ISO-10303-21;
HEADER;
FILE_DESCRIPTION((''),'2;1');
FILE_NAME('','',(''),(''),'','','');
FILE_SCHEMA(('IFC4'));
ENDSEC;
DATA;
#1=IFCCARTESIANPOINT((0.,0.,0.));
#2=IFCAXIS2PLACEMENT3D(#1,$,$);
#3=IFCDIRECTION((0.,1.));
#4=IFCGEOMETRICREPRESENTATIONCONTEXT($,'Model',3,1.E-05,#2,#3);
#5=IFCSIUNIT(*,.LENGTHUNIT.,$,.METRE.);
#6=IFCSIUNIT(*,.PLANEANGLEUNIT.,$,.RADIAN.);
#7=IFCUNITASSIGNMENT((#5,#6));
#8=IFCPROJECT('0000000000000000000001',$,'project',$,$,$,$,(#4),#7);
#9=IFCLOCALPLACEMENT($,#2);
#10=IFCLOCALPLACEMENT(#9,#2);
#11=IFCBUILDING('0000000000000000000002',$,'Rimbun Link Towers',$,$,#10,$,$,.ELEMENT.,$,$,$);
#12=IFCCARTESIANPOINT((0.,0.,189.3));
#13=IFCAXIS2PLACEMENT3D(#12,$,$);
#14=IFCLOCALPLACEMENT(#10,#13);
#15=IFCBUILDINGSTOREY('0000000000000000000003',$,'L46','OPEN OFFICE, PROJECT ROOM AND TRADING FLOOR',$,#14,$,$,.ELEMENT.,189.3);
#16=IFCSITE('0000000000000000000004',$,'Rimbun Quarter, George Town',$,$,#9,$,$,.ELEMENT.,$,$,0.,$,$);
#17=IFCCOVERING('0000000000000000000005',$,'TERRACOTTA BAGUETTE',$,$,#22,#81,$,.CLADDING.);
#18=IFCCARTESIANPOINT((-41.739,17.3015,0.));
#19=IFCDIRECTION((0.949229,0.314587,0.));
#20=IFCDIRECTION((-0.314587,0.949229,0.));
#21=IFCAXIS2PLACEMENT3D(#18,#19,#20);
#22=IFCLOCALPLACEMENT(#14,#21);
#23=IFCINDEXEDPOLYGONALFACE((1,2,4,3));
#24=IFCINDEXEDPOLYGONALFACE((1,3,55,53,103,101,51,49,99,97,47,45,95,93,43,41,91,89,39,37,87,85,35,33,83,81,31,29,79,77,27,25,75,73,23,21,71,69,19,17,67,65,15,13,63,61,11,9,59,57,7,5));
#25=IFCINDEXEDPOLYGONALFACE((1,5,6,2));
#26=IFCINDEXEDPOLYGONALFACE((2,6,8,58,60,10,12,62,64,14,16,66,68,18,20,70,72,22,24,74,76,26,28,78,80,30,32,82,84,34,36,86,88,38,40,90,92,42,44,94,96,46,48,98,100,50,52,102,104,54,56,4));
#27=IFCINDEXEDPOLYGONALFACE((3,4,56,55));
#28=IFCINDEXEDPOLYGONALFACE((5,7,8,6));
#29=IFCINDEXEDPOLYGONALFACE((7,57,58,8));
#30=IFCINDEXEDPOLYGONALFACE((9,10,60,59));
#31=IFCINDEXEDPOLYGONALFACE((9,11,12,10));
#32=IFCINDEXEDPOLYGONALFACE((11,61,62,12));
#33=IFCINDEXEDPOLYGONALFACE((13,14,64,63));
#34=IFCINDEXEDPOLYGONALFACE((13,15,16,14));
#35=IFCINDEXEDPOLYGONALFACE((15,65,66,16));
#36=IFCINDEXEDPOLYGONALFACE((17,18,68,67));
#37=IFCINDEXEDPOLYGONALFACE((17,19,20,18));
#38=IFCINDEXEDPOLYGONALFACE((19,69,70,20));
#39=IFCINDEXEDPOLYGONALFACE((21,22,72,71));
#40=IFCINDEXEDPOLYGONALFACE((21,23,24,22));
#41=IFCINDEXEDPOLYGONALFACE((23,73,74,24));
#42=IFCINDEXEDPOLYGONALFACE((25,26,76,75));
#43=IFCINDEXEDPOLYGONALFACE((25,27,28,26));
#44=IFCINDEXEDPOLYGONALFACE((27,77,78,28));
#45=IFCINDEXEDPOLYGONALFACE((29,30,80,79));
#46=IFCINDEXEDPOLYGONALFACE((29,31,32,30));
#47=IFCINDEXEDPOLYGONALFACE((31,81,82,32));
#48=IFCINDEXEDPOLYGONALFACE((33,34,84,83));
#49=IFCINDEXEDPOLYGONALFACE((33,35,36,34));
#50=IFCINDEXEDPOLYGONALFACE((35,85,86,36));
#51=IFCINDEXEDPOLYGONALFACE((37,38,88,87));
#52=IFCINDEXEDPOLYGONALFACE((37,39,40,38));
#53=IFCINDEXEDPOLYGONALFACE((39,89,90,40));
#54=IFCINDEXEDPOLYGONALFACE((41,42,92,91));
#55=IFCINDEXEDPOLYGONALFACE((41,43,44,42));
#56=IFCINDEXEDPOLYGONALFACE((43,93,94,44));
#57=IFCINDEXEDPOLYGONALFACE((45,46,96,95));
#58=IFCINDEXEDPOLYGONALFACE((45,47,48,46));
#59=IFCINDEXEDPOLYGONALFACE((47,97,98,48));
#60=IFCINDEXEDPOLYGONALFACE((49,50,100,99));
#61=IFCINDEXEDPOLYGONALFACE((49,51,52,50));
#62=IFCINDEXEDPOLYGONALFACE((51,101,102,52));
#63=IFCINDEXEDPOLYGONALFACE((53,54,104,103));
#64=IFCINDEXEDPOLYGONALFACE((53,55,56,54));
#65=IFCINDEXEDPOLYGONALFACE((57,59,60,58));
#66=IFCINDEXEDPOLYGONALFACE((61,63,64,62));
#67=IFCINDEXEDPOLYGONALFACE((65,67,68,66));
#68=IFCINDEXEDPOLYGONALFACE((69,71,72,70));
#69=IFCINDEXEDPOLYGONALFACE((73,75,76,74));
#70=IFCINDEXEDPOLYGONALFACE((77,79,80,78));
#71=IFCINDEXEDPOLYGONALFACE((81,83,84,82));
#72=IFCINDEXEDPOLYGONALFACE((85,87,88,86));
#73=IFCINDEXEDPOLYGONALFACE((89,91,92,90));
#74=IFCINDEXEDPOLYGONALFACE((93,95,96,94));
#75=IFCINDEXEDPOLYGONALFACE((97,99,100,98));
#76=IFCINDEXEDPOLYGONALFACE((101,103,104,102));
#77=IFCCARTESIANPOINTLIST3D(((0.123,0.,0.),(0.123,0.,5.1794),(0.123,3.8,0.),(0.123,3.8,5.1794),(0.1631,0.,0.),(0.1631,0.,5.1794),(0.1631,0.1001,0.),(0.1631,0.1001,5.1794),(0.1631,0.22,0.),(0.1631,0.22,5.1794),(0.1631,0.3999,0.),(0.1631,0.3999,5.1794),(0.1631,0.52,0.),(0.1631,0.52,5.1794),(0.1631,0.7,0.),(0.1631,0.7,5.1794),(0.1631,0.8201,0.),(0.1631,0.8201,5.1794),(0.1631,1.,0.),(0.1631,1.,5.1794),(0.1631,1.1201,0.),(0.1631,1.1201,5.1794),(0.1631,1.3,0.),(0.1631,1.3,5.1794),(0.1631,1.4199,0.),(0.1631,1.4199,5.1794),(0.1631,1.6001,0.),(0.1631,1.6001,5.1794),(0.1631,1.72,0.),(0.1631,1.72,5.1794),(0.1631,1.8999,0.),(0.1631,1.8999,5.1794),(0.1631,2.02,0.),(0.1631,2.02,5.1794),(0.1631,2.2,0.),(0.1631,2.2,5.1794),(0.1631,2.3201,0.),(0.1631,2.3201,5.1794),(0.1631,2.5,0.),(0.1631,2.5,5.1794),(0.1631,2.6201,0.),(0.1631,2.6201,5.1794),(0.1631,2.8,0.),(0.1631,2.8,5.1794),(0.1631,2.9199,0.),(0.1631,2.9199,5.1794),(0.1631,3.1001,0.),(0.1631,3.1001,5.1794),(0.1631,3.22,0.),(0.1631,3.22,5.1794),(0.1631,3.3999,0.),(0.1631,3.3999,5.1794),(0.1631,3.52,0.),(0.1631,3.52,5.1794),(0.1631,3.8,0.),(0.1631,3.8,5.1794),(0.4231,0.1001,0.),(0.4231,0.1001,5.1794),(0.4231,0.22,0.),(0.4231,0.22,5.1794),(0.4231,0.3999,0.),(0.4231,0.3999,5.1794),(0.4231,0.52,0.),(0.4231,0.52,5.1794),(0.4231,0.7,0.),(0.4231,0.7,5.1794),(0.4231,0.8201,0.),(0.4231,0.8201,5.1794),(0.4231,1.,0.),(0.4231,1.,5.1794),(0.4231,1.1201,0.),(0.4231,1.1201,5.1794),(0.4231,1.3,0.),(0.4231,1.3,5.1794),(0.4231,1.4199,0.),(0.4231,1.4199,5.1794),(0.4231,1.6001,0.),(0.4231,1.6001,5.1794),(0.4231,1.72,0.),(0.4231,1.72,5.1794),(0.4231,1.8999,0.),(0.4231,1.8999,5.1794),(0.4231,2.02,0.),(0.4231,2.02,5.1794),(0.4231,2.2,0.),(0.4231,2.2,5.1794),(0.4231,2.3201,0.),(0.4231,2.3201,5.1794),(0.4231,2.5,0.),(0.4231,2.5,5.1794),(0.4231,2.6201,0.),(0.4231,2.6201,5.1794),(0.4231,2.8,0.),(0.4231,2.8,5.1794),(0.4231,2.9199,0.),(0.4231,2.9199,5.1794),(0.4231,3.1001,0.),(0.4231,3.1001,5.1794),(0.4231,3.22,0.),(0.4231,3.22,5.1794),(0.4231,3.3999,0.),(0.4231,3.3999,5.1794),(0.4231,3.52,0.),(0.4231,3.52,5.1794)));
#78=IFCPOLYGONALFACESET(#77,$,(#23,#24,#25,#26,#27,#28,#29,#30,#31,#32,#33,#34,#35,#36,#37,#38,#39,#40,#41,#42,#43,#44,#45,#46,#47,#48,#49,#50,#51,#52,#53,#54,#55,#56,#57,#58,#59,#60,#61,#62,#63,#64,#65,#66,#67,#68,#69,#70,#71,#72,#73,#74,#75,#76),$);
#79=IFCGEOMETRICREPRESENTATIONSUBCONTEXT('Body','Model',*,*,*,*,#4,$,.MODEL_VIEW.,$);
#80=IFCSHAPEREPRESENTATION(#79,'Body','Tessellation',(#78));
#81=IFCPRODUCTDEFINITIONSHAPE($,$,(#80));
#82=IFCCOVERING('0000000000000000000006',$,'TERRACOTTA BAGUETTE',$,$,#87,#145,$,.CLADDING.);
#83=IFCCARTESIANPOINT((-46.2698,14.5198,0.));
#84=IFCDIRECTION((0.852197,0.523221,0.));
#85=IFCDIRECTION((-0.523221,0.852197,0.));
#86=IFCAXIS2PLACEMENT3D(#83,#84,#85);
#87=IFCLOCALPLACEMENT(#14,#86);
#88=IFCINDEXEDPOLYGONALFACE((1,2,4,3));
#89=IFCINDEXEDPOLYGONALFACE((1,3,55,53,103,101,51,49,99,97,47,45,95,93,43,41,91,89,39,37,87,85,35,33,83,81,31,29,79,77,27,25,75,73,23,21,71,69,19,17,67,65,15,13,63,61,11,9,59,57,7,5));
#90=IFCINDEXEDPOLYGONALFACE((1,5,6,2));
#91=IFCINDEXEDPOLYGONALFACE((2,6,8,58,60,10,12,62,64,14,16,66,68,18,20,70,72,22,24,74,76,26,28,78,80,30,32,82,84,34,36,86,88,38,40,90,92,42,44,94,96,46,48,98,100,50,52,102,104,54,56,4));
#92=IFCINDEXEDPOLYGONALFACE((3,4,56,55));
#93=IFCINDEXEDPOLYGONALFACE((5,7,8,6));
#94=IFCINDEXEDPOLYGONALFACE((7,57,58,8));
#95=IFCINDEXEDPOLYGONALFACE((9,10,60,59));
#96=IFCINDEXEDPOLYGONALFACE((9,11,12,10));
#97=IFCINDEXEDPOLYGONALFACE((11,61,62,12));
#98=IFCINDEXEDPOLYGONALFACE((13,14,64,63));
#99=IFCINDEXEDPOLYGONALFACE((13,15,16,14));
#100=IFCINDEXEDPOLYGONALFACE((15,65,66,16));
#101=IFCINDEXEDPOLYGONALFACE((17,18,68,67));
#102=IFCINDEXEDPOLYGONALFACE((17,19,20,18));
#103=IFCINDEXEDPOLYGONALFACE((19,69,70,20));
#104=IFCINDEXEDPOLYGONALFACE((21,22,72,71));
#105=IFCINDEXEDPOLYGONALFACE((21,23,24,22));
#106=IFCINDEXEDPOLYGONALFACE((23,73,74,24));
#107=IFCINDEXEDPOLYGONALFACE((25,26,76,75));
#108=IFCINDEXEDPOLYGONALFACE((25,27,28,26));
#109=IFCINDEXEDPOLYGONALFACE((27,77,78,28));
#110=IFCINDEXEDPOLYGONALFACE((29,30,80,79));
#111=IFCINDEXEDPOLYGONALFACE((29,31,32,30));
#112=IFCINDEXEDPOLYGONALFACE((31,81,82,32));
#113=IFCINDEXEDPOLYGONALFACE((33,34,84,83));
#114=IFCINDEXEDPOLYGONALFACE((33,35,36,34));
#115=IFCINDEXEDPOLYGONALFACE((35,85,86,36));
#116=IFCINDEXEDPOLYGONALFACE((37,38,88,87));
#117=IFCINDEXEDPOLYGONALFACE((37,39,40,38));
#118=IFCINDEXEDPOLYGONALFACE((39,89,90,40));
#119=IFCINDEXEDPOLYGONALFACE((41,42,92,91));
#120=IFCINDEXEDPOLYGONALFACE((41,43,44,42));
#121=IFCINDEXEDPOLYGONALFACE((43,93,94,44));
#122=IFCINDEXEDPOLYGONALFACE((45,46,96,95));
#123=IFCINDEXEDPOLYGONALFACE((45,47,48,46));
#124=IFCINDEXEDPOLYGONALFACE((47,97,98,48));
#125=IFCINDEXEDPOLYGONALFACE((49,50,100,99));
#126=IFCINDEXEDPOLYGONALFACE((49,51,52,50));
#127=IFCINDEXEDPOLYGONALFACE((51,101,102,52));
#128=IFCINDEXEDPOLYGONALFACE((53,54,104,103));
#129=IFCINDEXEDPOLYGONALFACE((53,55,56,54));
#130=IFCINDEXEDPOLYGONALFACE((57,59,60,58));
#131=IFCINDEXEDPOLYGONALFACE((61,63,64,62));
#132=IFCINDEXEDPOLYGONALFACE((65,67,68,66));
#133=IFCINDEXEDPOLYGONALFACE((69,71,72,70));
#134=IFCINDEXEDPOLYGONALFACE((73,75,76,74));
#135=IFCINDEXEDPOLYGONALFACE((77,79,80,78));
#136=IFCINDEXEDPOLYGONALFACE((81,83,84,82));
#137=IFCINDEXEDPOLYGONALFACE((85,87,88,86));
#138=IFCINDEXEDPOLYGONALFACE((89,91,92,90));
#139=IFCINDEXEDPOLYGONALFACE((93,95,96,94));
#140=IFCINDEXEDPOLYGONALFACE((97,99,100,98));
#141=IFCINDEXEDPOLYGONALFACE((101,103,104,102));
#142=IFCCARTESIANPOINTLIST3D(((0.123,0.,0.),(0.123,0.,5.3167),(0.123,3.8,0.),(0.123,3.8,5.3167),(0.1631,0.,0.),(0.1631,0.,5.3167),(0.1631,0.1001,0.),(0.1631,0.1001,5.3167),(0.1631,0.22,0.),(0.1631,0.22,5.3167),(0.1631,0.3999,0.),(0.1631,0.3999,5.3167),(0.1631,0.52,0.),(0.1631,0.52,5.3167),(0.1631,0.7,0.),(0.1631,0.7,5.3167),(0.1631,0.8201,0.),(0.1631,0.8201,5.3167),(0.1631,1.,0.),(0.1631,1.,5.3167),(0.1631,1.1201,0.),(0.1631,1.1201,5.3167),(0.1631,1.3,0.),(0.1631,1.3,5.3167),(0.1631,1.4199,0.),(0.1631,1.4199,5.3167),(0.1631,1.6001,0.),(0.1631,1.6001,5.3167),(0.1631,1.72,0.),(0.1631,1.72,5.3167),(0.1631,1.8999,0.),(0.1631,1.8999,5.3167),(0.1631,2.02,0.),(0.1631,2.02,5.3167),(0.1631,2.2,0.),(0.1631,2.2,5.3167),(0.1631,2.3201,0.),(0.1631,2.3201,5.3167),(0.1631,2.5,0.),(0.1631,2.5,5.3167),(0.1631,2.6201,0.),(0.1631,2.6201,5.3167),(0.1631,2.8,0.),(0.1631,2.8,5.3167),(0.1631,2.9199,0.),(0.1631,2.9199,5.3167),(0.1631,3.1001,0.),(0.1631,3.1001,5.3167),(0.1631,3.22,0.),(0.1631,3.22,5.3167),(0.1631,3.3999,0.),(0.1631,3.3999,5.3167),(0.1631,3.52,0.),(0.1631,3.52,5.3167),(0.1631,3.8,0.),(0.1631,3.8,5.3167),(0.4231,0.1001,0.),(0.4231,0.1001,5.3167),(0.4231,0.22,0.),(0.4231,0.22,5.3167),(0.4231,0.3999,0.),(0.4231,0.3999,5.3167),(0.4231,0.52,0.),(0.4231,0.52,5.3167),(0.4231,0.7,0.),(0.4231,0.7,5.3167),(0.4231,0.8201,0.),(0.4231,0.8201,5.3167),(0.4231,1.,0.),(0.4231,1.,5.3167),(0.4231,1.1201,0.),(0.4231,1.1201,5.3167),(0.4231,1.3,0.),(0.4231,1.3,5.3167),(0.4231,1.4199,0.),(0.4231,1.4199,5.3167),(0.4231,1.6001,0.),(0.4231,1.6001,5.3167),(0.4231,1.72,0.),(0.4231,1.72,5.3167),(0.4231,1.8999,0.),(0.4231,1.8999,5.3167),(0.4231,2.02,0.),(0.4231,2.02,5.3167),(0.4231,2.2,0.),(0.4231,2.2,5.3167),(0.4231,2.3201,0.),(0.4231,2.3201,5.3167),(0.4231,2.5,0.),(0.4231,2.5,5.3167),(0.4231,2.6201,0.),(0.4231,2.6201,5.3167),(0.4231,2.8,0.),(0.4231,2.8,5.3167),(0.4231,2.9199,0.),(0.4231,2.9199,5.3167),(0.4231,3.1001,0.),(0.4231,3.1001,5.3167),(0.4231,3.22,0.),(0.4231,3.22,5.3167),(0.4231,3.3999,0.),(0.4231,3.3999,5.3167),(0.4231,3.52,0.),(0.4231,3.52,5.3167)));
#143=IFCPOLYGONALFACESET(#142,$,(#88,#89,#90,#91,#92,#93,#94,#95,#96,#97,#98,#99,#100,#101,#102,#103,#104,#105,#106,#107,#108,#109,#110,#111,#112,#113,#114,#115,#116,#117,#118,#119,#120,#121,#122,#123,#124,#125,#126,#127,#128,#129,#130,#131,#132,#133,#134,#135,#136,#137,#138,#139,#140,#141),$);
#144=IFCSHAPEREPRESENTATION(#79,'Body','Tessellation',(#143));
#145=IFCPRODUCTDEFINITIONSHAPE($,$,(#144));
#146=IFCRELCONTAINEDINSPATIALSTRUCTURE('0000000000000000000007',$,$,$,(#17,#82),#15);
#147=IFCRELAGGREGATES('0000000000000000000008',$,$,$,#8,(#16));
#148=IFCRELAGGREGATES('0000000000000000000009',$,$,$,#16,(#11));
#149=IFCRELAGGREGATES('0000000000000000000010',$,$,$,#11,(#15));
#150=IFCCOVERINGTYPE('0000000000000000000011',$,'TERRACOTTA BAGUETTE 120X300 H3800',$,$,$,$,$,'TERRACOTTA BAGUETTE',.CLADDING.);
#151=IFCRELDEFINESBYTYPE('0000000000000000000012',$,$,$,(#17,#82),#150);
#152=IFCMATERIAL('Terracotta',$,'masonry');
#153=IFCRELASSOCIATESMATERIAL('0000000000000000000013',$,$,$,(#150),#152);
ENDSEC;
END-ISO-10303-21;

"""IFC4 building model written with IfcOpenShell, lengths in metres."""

from ifc_helpers import new_model, si_unit, direction, frame, origin, place, context, subcontext, project, spatial, polyline, outline, extrude, material, material_profile, profile_set, type_object, element, save


model = new_model("IFC4")

# Units and contexts
model_context = context("Model", 3, precision=1e-05, world=origin(), true_north=direction((0.0, 1.0)))
body_context = subcontext(model_context, "Body", "Model", "MODEL_VIEW")
ifc_project = project(units=[si_unit("LENGTHUNIT", "METRE"), si_unit("PLANEANGLEUNIT", "RADIAN")], contexts=[model_context])

# Site, building, storey
site_placement = place(None, origin())
site = spatial("IfcSite", under=ifc_project, at=site_placement, Name="Rimbun Quarter, George Town", CompositionType="ELEMENT", RefElevation=0.0)
building_placement = place(site_placement, origin())
building = spatial("IfcBuilding", under=site, at=building_placement, Name="Rimbun Link Towers", CompositionType="ELEMENT")
storey_placement = place(building_placement, frame((0.0, 0.0, 189.3)))
storey = spatial("IfcBuildingStorey", under=building, at=storey_placement, Name="L46", Description="OPEN OFFICE, PROJECT ROOM AND TRADING FLOOR", CompositionType="ELEMENT", Elevation=189.3)

# Coverings
ifc_material_1 = material(Name="Terracotta", Category="masonry")
ifc_material_profile_1 = material_profile(ifc_material_1, outline(polyline([(0.123, 0.0), (0.1631, 0.0), (0.1631, 0.1001), (0.4231, 0.1001), (0.4231, 0.22), (0.1631, 0.22), (0.1631, 0.3999), (0.4231, 0.3999), (0.4231, 0.52), (0.1631, 0.52), (0.1631, 0.7), (0.4231, 0.7), (0.4231, 0.8201), (0.1631, 0.8201), (0.1631, 1.0), (0.4231, 1.0), (0.4231, 1.1201), (0.1631, 1.1201), (0.1631, 1.3), (0.4231, 1.3), (0.4231, 1.4199), (0.1631, 1.4199), (0.1631, 1.6001), (0.4231, 1.6001), (0.4231, 1.72), (0.1631, 1.72), (0.1631, 1.8999), (0.4231, 1.8999), (0.4231, 2.02), (0.1631, 2.02), (0.1631, 2.2), (0.4231, 2.2), (0.4231, 2.3201), (0.1631, 2.3201), (0.1631, 2.5), (0.4231, 2.5), (0.4231, 2.6201), (0.1631, 2.6201), (0.1631, 2.8), (0.4231, 2.8), (0.4231, 2.9199), (0.1631, 2.9199), (0.1631, 3.1001), (0.4231, 3.1001), (0.4231, 3.22), (0.1631, 3.22), (0.1631, 3.3999), (0.4231, 3.3999), (0.4231, 3.52), (0.1631, 3.52), (0.1631, 3.8), (0.123, 3.8), (0.123, 0.0)])), Name="BAGUETTE 120X300")
ifc_profile_set_1 = profile_set([ifc_material_profile_1], Name="Terracotta")
covering_type = type_object("IfcCoveringType", Name="TERRACOTTA BAGUETTE 120X300 H3800", ElementType="TERRACOTTA BAGUETTE", PredefinedType="CLADDING", material=ifc_profile_set_1)
covering_1_placement = place(storey_placement, frame((-41.739, 17.3015, 0.0), z_axis=(0.949229, 0.314587, 0.0), x_axis=(-0.314587, 0.949229, 0.0)))
element("IfcCovering", 1, at=covering_1_placement, inside=storey, type_object=covering_type, Name="TERRACOTTA BAGUETTE", PredefinedType="CLADDING", context=body_context, shape_type="SweptSolid", body=[
    extrude(outline(polyline([(0.123, 0.0), (0.1631, 0.0), (0.1631, 0.1001), (0.4231, 0.1001), (0.4231, 0.22), (0.1631, 0.22), (0.1631, 0.3999), (0.4231, 0.3999), (0.4231, 0.52), (0.1631, 0.52), (0.1631, 0.7), (0.4231, 0.7), (0.4231, 0.8201), (0.1631, 0.8201), (0.1631, 1.0), (0.4231, 1.0), (0.4231, 1.1201), (0.1631, 1.1201), (0.1631, 1.3), (0.4231, 1.3), (0.4231, 1.4199), (0.1631, 1.4199), (0.1631, 1.6001), (0.4231, 1.6001), (0.4231, 1.72), (0.1631, 1.72), (0.1631, 1.8999), (0.4231, 1.8999), (0.4231, 2.02), (0.1631, 2.02), (0.1631, 2.2), (0.4231, 2.2), (0.4231, 2.3201), (0.1631, 2.3201), (0.1631, 2.5), (0.4231, 2.5), (0.4231, 2.6201), (0.1631, 2.6201), (0.1631, 2.8), (0.4231, 2.8), (0.4231, 2.9199), (0.1631, 2.9199), (0.1631, 3.1001), (0.4231, 3.1001), (0.4231, 3.22), (0.1631, 3.22), (0.1631, 3.3999), (0.4231, 3.3999), (0.4231, 3.52), (0.1631, 3.52), (0.1631, 3.8), (0.123, 3.8), (0.123, 0.0)])), origin(), (0.0, 0.0, 1.0), 5.1794),
])
covering_2_placement = place(storey_placement, frame((-46.2698, 14.5198, 0.0), z_axis=(0.852197, 0.523221, 0.0), x_axis=(-0.523221, 0.852197, 0.0)))
element("IfcCovering", 2, at=covering_2_placement, inside=storey, type_object=covering_type, Name="TERRACOTTA BAGUETTE", PredefinedType="CLADDING", context=body_context, shape_type="SweptSolid", body=[
    extrude(outline(polyline([(0.123, 0.0), (0.1631, 0.0), (0.1631, 0.1001), (0.4231, 0.1001), (0.4231, 0.22), (0.1631, 0.22), (0.1631, 0.3999), (0.4231, 0.3999), (0.4231, 0.52), (0.1631, 0.52), (0.1631, 0.7), (0.4231, 0.7), (0.4231, 0.8201), (0.1631, 0.8201), (0.1631, 1.0), (0.4231, 1.0), (0.4231, 1.1201), (0.1631, 1.1201), (0.1631, 1.3), (0.4231, 1.3), (0.4231, 1.4199), (0.1631, 1.4199), (0.1631, 1.6001), (0.4231, 1.6001), (0.4231, 1.72), (0.1631, 1.72), (0.1631, 1.8999), (0.4231, 1.8999), (0.4231, 2.02), (0.1631, 2.02), (0.1631, 2.2), (0.4231, 2.2), (0.4231, 2.3201), (0.1631, 2.3201), (0.1631, 2.5), (0.4231, 2.5), (0.4231, 2.6201), (0.1631, 2.6201), (0.1631, 2.8), (0.4231, 2.8), (0.4231, 2.9199), (0.1631, 2.9199), (0.1631, 3.1001), (0.4231, 3.1001), (0.4231, 3.22), (0.1631, 3.22), (0.1631, 3.3999), (0.4231, 3.3999), (0.4231, 3.52), (0.1631, 3.52), (0.1631, 3.8), (0.123, 3.8), (0.123, 0.0)])), origin(), (0.0, 0.0, 1.0), 5.3167),
])

save(model, "model.ifc")
